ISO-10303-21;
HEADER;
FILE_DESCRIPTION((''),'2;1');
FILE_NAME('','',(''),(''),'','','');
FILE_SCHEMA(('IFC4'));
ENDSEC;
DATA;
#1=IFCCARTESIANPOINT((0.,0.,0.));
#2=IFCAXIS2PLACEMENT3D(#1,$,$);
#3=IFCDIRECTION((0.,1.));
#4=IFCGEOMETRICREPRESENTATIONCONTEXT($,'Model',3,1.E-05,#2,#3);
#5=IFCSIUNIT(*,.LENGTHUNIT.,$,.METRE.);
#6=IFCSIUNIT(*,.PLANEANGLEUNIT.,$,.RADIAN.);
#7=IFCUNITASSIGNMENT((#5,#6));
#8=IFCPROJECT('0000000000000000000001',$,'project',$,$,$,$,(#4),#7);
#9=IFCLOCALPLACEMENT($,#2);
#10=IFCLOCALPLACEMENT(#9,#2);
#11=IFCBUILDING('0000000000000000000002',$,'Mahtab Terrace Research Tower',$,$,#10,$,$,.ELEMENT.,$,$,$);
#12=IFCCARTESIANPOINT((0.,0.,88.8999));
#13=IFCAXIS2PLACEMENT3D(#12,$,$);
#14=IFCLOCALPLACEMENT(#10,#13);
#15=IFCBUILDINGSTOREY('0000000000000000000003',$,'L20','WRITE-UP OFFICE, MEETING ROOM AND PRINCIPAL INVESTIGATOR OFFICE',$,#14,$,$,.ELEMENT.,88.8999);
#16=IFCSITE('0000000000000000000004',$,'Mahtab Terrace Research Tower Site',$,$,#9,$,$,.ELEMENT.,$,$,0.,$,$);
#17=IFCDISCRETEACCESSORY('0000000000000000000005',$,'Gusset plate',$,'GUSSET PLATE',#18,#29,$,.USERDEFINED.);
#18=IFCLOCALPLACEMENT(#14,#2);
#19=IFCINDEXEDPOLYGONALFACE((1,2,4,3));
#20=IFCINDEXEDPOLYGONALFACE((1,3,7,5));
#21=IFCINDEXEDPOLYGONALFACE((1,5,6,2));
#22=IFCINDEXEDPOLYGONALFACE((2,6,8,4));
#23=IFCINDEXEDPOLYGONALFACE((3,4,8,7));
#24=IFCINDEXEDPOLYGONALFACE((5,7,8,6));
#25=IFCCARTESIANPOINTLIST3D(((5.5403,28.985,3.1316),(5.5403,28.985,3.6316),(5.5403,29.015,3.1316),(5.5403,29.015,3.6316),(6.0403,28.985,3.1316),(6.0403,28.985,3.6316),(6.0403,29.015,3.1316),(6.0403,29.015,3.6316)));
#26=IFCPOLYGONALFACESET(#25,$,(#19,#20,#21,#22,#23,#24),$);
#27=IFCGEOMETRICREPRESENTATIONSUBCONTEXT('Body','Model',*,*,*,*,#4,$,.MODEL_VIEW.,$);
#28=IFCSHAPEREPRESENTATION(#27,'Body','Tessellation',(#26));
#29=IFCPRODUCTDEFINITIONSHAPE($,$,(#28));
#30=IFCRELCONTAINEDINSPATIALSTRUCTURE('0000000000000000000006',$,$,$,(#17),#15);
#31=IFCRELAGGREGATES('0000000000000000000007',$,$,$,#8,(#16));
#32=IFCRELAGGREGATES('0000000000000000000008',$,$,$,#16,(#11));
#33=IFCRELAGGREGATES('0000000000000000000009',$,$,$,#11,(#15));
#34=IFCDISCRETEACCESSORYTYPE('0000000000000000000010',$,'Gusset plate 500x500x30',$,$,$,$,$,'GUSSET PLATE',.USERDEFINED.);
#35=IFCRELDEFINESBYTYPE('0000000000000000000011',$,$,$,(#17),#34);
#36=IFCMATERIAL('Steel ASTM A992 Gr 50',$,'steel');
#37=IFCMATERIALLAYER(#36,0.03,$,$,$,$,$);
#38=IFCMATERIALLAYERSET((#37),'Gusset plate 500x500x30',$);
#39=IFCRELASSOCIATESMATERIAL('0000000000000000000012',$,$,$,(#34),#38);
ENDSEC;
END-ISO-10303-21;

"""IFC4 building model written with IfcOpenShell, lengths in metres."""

from ifc_helpers import new_model, si_unit, direction, frame, origin, origin_2d, place, context, subcontext, project, spatial, rectangle, extrude, material, layer, layer_set, type_object, element, save


model = new_model("IFC4")

# Units and contexts
model_context = context("Model", 3, precision=1e-05, world=origin(), true_north=direction((0.0, 1.0)))
body_context = subcontext(model_context, "Body", "Model", "MODEL_VIEW")
ifc_project = project(units=[si_unit("LENGTHUNIT", "METRE"), si_unit("PLANEANGLEUNIT", "RADIAN")], contexts=[model_context])

# Site, building, storey
site_placement = place(None, origin())
site = spatial("IfcSite", under=ifc_project, at=site_placement, Name="Mahtab Terrace Research Tower Site", CompositionType="ELEMENT", RefElevation=0.0)
building_placement = place(site_placement, origin())
building = spatial("IfcBuilding", under=site, at=building_placement, Name="Mahtab Terrace Research Tower", CompositionType="ELEMENT")
storey_placement = place(building_placement, frame((0.0, 0.0, 88.8999)))
storey = spatial("IfcBuildingStorey", under=building, at=storey_placement, Name="L20", Description="WRITE-UP OFFICE, MEETING ROOM AND PRINCIPAL INVESTIGATOR OFFICE", CompositionType="ELEMENT", Elevation=88.8999)

# Shared definitions
ifc_material_1 = material(Name="Steel ASTM A992 Gr 50", Category="steel")

# Discrete accessory
ifc_layer_1 = layer(ifc_material_1, 0.03)
ifc_layer_set_1 = layer_set([ifc_layer_1], Name="Gusset plate 500x500x30")
discrete_accessory_type = type_object("IfcDiscreteAccessoryType", Name="Gusset plate 500x500x30", ElementType="GUSSET PLATE", PredefinedType="USERDEFINED", material=ifc_layer_set_1)
discrete_accessory_placement = place(storey_placement, frame((5.7903, 29.0, 3.1316), z_axis=(0.0, 0.0, 1.0), x_axis=(1.0, 0.0, 0.0)))
element("IfcDiscreteAccessory", 1, at=discrete_accessory_placement, inside=storey, type_object=discrete_accessory_type, Name="Gusset plate", ObjectType="GUSSET PLATE", PredefinedType="USERDEFINED", context=body_context, shape_type="SweptSolid", body=[
    extrude(rectangle(XDim=0.5, YDim=0.03, at=origin_2d()), origin(), (0.0, 0.0, 1.0), 0.5),
])

save(model, "model.ifc")
